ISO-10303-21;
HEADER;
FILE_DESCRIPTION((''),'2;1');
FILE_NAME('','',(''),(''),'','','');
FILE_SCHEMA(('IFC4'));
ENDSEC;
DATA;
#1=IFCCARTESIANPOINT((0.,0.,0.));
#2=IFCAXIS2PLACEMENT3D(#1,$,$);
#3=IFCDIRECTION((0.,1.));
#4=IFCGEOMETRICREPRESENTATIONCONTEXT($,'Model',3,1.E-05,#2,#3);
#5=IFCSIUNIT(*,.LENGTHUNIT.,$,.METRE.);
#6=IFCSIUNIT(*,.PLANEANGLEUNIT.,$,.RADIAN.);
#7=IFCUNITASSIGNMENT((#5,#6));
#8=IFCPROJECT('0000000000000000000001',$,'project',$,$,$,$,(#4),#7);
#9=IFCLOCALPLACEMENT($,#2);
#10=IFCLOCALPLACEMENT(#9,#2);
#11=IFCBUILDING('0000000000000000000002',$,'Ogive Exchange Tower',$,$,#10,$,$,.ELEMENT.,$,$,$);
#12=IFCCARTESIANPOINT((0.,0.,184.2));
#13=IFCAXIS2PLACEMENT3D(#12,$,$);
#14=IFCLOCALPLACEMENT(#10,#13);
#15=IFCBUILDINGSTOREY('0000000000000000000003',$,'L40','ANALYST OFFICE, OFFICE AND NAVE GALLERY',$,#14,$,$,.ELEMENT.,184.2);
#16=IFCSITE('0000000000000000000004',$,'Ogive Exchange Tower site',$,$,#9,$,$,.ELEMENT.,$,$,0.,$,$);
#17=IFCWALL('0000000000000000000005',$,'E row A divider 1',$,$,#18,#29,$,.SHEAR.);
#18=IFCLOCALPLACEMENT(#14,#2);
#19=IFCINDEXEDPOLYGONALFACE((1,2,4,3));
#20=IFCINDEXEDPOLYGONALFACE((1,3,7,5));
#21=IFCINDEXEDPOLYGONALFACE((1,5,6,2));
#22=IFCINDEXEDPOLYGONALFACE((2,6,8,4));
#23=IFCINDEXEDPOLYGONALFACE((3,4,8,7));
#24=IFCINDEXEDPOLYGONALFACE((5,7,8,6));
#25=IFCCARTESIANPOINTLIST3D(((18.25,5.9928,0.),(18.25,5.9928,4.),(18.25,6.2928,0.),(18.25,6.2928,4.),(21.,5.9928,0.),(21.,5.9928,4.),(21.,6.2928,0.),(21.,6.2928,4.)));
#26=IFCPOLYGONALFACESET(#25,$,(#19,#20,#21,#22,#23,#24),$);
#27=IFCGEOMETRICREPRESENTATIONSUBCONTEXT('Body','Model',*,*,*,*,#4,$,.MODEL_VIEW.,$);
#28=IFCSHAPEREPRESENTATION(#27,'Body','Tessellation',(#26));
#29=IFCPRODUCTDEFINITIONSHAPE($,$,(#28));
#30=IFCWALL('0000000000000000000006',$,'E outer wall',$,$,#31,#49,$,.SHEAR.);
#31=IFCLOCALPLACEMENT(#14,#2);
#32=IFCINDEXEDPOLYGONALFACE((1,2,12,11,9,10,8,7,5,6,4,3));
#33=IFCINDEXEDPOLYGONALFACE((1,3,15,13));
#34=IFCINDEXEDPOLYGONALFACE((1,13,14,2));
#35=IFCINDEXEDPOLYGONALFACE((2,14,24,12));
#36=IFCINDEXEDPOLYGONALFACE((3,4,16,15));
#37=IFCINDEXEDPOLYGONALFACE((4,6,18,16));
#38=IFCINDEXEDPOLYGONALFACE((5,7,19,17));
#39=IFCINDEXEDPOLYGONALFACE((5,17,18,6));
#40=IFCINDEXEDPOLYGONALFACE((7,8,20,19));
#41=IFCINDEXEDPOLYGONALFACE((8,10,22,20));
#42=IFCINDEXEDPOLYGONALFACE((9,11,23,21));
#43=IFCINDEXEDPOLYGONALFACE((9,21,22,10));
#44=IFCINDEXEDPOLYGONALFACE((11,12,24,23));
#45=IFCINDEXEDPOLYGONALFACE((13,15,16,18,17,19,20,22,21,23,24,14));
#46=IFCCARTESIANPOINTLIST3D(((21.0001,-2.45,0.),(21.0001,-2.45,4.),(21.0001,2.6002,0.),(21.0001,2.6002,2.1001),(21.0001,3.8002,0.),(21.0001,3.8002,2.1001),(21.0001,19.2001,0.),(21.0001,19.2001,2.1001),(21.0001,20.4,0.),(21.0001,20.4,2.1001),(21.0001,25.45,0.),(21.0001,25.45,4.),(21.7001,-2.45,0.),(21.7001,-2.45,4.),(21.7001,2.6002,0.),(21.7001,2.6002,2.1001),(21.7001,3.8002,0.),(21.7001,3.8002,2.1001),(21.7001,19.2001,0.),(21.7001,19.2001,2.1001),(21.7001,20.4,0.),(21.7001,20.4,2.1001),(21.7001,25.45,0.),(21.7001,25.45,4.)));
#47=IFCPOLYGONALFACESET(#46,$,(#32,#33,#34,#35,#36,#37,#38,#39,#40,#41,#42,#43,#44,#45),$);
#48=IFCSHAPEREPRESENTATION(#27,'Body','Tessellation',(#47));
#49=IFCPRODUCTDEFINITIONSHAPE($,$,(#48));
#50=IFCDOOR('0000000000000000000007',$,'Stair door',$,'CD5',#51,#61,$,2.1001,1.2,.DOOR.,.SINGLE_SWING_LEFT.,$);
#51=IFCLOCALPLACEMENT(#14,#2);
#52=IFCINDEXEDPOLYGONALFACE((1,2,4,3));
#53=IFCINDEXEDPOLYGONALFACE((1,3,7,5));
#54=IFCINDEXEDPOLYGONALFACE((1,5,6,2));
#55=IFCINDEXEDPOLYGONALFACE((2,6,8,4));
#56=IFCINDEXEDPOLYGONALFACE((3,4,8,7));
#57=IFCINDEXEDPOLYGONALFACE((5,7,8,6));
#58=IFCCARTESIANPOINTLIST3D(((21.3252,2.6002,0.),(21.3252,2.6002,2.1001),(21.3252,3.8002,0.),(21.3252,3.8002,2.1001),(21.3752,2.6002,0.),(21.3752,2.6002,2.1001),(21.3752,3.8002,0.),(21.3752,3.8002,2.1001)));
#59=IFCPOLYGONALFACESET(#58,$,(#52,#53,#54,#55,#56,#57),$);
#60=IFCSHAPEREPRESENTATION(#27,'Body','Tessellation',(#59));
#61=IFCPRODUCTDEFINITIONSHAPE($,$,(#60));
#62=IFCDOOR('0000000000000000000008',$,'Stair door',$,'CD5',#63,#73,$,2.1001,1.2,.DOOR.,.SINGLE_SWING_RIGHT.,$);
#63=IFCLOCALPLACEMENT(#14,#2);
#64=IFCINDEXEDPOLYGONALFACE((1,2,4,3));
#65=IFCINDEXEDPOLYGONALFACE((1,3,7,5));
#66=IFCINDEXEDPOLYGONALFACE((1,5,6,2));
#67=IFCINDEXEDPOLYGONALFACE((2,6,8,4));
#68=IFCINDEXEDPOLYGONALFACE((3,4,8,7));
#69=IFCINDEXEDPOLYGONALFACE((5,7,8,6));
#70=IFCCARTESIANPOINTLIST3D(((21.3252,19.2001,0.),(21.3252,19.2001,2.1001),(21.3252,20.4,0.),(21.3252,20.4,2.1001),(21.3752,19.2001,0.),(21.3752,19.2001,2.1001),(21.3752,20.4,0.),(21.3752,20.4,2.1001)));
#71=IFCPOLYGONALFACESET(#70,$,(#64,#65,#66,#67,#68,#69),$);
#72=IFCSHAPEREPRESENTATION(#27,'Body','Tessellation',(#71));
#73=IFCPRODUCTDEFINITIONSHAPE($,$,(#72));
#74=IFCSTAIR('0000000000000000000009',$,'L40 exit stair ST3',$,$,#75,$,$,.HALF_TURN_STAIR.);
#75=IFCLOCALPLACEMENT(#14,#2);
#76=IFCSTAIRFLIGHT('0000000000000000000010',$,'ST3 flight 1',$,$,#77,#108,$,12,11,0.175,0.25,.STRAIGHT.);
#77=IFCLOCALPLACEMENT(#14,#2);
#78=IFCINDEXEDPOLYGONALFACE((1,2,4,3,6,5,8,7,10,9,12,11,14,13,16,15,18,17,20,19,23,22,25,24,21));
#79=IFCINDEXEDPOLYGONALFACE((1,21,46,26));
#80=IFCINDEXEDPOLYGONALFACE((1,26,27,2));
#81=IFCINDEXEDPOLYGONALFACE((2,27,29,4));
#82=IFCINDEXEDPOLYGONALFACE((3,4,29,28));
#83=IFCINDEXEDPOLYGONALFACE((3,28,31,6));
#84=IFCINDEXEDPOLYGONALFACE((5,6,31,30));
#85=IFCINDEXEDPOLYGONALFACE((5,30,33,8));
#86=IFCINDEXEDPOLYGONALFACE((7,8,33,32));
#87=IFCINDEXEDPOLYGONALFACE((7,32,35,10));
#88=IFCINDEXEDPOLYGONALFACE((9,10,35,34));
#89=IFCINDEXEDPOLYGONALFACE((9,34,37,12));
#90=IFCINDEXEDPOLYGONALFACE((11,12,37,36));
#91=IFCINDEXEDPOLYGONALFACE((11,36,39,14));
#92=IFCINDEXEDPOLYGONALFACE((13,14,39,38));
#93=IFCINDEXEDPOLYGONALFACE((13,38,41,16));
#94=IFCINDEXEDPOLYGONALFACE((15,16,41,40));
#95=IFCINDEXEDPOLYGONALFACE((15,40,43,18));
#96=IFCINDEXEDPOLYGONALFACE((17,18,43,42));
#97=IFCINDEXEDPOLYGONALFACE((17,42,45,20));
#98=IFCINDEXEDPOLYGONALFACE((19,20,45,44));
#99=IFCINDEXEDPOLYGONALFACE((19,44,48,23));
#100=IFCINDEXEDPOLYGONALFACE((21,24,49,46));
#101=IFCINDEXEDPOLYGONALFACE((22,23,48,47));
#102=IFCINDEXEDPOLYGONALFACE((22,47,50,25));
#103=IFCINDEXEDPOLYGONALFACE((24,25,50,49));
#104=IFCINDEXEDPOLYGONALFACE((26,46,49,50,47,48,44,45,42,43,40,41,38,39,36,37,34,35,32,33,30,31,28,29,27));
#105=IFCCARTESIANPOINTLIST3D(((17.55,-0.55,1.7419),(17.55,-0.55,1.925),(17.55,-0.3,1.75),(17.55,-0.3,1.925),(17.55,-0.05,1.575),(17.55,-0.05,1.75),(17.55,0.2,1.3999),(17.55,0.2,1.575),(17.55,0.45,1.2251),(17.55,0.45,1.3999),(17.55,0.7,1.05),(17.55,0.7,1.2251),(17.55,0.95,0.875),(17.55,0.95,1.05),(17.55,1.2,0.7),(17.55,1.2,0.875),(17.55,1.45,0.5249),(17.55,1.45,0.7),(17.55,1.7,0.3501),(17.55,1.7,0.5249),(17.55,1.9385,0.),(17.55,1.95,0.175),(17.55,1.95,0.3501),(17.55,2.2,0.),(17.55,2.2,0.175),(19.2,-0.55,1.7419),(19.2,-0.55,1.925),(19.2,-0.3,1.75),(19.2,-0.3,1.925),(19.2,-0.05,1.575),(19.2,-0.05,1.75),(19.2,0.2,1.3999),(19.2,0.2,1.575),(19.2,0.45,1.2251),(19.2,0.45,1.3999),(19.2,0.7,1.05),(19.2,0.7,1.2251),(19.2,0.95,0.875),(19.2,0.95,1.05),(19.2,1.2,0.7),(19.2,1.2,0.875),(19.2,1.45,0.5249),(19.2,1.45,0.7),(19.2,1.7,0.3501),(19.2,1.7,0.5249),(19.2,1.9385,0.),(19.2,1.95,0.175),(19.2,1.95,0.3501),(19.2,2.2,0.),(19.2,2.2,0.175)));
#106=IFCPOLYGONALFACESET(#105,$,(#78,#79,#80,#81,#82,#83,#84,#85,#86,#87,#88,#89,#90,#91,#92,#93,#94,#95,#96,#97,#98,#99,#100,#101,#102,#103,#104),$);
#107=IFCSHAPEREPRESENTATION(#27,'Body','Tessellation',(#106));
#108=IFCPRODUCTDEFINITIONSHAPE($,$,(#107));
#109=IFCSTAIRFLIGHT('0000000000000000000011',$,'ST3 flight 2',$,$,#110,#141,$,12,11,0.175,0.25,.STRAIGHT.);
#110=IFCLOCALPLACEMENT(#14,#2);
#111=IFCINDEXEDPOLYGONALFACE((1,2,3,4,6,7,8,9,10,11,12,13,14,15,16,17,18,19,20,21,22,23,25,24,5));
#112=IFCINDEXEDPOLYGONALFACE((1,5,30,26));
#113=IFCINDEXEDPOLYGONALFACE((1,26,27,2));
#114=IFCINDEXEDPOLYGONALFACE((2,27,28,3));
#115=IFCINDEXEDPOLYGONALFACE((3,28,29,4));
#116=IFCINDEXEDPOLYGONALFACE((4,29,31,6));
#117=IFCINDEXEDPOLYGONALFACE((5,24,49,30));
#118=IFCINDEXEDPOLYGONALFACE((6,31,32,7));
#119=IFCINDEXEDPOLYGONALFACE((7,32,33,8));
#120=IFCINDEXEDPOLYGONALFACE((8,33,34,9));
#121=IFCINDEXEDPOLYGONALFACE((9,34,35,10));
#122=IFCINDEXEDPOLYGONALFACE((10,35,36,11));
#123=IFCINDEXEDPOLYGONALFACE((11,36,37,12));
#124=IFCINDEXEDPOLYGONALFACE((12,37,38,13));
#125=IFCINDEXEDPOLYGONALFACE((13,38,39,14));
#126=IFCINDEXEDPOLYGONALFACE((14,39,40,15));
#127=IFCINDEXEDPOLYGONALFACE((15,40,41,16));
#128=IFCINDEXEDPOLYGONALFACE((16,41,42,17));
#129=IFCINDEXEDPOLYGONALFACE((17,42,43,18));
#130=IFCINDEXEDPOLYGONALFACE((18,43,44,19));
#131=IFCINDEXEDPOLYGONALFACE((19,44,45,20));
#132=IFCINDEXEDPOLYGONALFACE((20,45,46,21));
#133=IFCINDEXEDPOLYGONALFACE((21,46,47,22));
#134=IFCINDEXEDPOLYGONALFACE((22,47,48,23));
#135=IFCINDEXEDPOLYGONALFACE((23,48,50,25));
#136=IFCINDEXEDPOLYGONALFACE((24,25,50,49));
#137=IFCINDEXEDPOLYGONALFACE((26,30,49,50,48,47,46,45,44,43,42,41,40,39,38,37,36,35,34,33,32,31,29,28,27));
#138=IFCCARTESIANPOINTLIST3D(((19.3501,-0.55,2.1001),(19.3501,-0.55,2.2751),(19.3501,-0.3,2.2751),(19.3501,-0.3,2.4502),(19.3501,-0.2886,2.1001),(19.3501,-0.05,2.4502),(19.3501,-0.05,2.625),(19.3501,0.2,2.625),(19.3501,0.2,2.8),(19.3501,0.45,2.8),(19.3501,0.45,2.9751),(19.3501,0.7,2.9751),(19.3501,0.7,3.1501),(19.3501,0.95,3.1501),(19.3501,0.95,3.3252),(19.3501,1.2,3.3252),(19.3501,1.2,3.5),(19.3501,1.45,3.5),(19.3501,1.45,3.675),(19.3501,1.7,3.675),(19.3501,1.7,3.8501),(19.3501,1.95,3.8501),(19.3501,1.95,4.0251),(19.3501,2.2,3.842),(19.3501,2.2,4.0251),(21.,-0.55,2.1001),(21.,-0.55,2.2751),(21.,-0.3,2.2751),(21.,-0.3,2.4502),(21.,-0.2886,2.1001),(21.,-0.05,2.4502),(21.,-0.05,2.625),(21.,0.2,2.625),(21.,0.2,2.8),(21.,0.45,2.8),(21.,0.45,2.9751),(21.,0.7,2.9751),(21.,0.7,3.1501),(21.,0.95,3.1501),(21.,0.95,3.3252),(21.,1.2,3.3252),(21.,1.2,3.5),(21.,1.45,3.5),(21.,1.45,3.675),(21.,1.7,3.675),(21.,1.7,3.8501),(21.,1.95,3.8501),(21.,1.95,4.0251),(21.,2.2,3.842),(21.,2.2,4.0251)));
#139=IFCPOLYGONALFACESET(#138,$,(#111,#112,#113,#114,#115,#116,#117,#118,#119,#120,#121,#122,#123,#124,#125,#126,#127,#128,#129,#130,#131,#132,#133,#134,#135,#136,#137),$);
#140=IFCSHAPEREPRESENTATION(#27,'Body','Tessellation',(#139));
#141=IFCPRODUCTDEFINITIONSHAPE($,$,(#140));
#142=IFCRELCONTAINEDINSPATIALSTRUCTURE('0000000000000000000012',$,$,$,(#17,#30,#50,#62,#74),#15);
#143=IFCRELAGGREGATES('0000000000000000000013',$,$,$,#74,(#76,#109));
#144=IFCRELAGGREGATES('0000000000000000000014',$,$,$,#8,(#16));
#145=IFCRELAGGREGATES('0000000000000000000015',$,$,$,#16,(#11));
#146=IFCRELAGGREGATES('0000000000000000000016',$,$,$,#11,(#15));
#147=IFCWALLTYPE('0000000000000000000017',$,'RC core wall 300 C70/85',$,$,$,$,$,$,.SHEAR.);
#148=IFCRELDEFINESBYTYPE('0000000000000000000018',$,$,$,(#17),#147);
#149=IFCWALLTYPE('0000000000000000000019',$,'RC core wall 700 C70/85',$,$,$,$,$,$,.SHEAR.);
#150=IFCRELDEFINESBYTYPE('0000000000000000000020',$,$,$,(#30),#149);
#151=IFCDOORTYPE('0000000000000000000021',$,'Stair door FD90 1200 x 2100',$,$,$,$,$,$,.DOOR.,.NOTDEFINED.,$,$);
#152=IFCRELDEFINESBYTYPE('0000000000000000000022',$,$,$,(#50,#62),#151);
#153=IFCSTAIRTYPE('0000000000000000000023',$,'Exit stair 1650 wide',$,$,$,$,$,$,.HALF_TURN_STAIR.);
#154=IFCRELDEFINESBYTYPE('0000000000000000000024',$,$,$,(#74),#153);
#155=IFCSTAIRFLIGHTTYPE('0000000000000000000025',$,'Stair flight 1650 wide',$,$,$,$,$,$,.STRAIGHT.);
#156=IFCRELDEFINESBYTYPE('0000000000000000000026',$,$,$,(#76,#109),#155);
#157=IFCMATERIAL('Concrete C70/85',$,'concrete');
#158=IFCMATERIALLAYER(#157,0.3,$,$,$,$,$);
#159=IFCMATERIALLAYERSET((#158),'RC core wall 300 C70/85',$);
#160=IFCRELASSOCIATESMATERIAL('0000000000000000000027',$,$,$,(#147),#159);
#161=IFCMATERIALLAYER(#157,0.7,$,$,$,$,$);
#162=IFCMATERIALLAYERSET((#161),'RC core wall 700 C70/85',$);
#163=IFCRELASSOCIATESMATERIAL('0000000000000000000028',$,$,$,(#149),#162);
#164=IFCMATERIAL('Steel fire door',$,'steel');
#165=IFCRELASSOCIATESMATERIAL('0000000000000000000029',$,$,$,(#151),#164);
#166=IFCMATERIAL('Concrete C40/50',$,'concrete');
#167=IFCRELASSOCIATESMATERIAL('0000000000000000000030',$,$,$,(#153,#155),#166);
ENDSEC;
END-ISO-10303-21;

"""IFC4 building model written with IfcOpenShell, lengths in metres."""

from ifc_helpers import new_model, si_unit, direction, frame, frame_2d, origin, place, context, subcontext, project, spatial, polyline, rectangle, outline, extrude, material, layer, layer_set, type_object, element, fill, aggregate, save


model = new_model("IFC4")

# Units and contexts
model_context = context("Model", 3, precision=1e-05, world=origin(), true_north=direction((0.0, 1.0)))
body_context = subcontext(model_context, "Body", "Model", "MODEL_VIEW")
ifc_project = project(units=[si_unit("LENGTHUNIT", "METRE"), si_unit("PLANEANGLEUNIT", "RADIAN")], contexts=[model_context])

# Site, building, storey
site_placement = place(None, origin())
site = spatial("IfcSite", under=ifc_project, at=site_placement, Name="Ogive Exchange Tower site", CompositionType="ELEMENT", RefElevation=0.0)
building_placement = place(site_placement, origin())
building = spatial("IfcBuilding", under=site, at=building_placement, Name="Ogive Exchange Tower", CompositionType="ELEMENT")
storey_placement = place(building_placement, frame((0.0, 0.0, 184.2)))
storey = spatial("IfcBuildingStorey", under=building, at=storey_placement, Name="L40", Description="ANALYST OFFICE, OFFICE AND NAVE GALLERY", CompositionType="ELEMENT", Elevation=184.2)

# Shared definitions
ifc_material_1 = material(Name="Concrete C70/85", Category="concrete")
ifc_material_2 = material(Name="Steel fire door", Category="steel")

# Wall
ifc_layer_1 = layer(ifc_material_1, 0.3)
ifc_layer_set_1 = layer_set([ifc_layer_1], Name="RC core wall 300 C70/85")
wall_type_1 = type_object("IfcWallType", Name="RC core wall 300 C70/85", PredefinedType="SHEAR", material=ifc_layer_set_1)
wall_1_placement = place(storey_placement, frame((18.25, 6.1428, 0.0), z_axis=(0.0, 0.0, 1.0), x_axis=(1.0, 0.0, 0.0)))
element("IfcWall", 1, at=wall_1_placement, inside=storey, type_object=wall_type_1, Name="E row A divider 1", PredefinedType="SHEAR", context=body_context, shape_type="SweptSolid", body=[
    extrude(rectangle(XDim=2.75, YDim=0.3, at=frame_2d((1.375, 0.0))), origin(), (0.0, 0.0, 1.0), 4.0),
])

# Wall, openings, doors
ifc_layer_2 = layer(ifc_material_1, 0.7)
ifc_layer_set_2 = layer_set([ifc_layer_2], Name="RC core wall 700 C70/85")
wall_type_2 = type_object("IfcWallType", Name="RC core wall 700 C70/85", PredefinedType="SHEAR", material=ifc_layer_set_2)
wall_2_placement = place(storey_placement, frame((21.3501, -2.45, 0.0), z_axis=(0.0, 0.0, 1.0), x_axis=(0.0, 1.0, 0.0)))
wall_2 = element("IfcWall", 2, at=wall_2_placement, inside=storey, type_object=wall_type_2, Name="E outer wall", PredefinedType="SHEAR", context=body_context, shape_type="SweptSolid", body=[
    extrude(rectangle(XDim=27.8999, YDim=0.7, at=frame_2d((13.95, 0.0))), origin(), (0.0, 0.0, 1.0), 4.0),
])
opening_1_placement = place(wall_2_placement, frame((5.05, 0.0, 0.0)))
opening_1 = element("IfcOpeningElement", 3, at=opening_1_placement, cuts=wall_2, PredefinedType="OPENING", context=body_context, shape_type="SweptSolid", body=[
    extrude(rectangle(XDim=1.2, YDim=2.1001, at=frame_2d((0.6001, 1.05))), frame((0.0, 0.3599, 0.0), z_axis=(0.0, -1.0, 0.0), x_axis=(1.0, 0.0, 0.0)), (0.0, 0.0, 1.0), 0.72),
])
opening_2_placement = place(wall_2_placement, frame((21.6499, 0.0, 0.0)))
opening_2 = element("IfcOpeningElement", 4, at=opening_2_placement, cuts=wall_2, PredefinedType="OPENING", context=body_context, shape_type="SweptSolid", body=[
    extrude(rectangle(XDim=1.2, YDim=2.1001, at=frame_2d((0.6001, 1.05))), frame((0.0, 0.3599, 0.0), z_axis=(0.0, -1.0, 0.0), x_axis=(1.0, 0.0, 0.0)), (0.0, 0.0, 1.0), 0.72),
])
door_type_1 = type_object("IfcDoorType", Name="Stair door FD90 1200 x 2100", OperationType="NOTDEFINED", PredefinedType="DOOR", material=ifc_material_2)
door_1_placement = place(opening_1_placement, origin())
door_1 = element("IfcDoor", 5, at=door_1_placement, inside=storey, type_object=door_type_1, Name="Stair door", ObjectType="CD5", OperationType="SINGLE_SWING_LEFT", OverallHeight=2.1001, OverallWidth=1.2, PredefinedType="DOOR", context=body_context, shape_type="SweptSolid", body=[
    extrude(rectangle(XDim=1.2, YDim=2.1001, at=frame_2d((0.6001, 1.05))), frame((0.0, 0.0249, 0.0), z_axis=(0.0, -1.0, 0.0), x_axis=(1.0, 0.0, 0.0)), (0.0, 0.0, 1.0), 0.05),
])
fill(opening_1, door_1)
door_2_placement = place(opening_2_placement, origin())
door_2 = element("IfcDoor", 6, at=door_2_placement, inside=storey, type_object=door_type_1, Name="Stair door", ObjectType="CD5", OperationType="SINGLE_SWING_RIGHT", OverallHeight=2.1001, OverallWidth=1.2, PredefinedType="DOOR", context=body_context, shape_type="SweptSolid", body=[
    extrude(rectangle(XDim=1.2, YDim=2.1001, at=frame_2d((0.6001, 1.05))), frame((0.0, 0.0249, 0.0), z_axis=(0.0, -1.0, 0.0), x_axis=(1.0, 0.0, 0.0)), (0.0, 0.0, 1.0), 0.05),
])
fill(opening_2, door_2)

# Stair, stair flights
ifc_material_3 = material(Name="Concrete C40/50", Category="concrete")
stair_type = type_object("IfcStairType", Name="Exit stair 1650 wide", PredefinedType="HALF_TURN_STAIR", material=ifc_material_3)
stair_placement = place(storey_placement, origin())
stair = element("IfcStair", 7, at=stair_placement, inside=storey, type_object=stair_type, Name="L40 exit stair ST3", PredefinedType="HALF_TURN_STAIR")
stair_flight_type = type_object("IfcStairFlightType", Name="Stair flight 1650 wide", PredefinedType="STRAIGHT", material=ifc_material_3)
stair_flight_1_placement = place(storey_placement, frame((18.375, 2.2, 0.0), z_axis=(0.0, 0.0, 1.0), x_axis=(0.0, -1.0, 0.0)))
stair_flight_1 = element("IfcStairFlight", 8, at=stair_flight_1_placement, type_object=stair_flight_type, Name="ST3 flight 1", NumberOfRisers=12, NumberOfTreads=11, PredefinedType="STRAIGHT", RiserHeight=0.175, TreadLength=0.25, context=body_context, shape_type="SweptSolid", body=[
    extrude(outline(polyline([(0.0, 0.0), (0.0, 0.175), (0.25, 0.175), (0.25, 0.3501), (0.5, 0.3501), (0.5, 0.5249), (0.75, 0.5249), (0.75, 0.7), (1.0, 0.7), (1.0, 0.875), (1.25, 0.875), (1.25, 1.05), (1.5, 1.05), (1.5, 1.2251), (1.75, 1.2251), (1.75, 1.3999), (2.0, 1.3999), (2.0, 1.575), (2.25, 1.575), (2.25, 1.75), (2.5, 1.75), (2.5, 1.925), (2.75, 1.925), (2.75, 2.1001), (2.75, 1.7419), (0.2615, 0.0), (0.0, 0.0)])), frame((0.0, 0.825, 0.0), z_axis=(0.0, -1.0, 0.0), x_axis=(1.0, 0.0, 0.0)), (0.0, 0.0, 1.0), 1.6499),
])
stair_flight_2_placement = place(storey_placement, frame((20.175, -0.55, 2.1001), z_axis=(0.0, 0.0, 1.0), x_axis=(0.0, 1.0, 0.0)))
stair_flight_2 = element("IfcStairFlight", 9, at=stair_flight_2_placement, type_object=stair_flight_type, Name="ST3 flight 2", NumberOfRisers=12, NumberOfTreads=11, PredefinedType="STRAIGHT", RiserHeight=0.175, TreadLength=0.25, context=body_context, shape_type="SweptSolid", body=[
    extrude(outline(polyline([(0.0, 0.0), (0.0, 0.175), (0.25, 0.175), (0.25, 0.3501), (0.5, 0.3501), (0.5, 0.5249), (0.75, 0.5249), (0.75, 0.7), (1.0, 0.7), (1.0, 0.875), (1.25, 0.875), (1.25, 1.05), (1.5, 1.05), (1.5, 1.2251), (1.75, 1.2251), (1.75, 1.3999), (2.0, 1.3999), (2.0, 1.575), (2.25, 1.575), (2.25, 1.75), (2.5, 1.75), (2.5, 1.925), (2.75, 1.925), (2.75, 2.1001), (2.75, 1.7419), (0.2615, 0.0), (0.0, 0.0)])), frame((0.0, 0.825, 0.0), z_axis=(0.0, -1.0, 0.0), x_axis=(1.0, 0.0, 0.0)), (0.0, 0.0, 1.0), 1.6499),
])
aggregate(stair, [stair_flight_1, stair_flight_2])

save(model, "model.ifc")
